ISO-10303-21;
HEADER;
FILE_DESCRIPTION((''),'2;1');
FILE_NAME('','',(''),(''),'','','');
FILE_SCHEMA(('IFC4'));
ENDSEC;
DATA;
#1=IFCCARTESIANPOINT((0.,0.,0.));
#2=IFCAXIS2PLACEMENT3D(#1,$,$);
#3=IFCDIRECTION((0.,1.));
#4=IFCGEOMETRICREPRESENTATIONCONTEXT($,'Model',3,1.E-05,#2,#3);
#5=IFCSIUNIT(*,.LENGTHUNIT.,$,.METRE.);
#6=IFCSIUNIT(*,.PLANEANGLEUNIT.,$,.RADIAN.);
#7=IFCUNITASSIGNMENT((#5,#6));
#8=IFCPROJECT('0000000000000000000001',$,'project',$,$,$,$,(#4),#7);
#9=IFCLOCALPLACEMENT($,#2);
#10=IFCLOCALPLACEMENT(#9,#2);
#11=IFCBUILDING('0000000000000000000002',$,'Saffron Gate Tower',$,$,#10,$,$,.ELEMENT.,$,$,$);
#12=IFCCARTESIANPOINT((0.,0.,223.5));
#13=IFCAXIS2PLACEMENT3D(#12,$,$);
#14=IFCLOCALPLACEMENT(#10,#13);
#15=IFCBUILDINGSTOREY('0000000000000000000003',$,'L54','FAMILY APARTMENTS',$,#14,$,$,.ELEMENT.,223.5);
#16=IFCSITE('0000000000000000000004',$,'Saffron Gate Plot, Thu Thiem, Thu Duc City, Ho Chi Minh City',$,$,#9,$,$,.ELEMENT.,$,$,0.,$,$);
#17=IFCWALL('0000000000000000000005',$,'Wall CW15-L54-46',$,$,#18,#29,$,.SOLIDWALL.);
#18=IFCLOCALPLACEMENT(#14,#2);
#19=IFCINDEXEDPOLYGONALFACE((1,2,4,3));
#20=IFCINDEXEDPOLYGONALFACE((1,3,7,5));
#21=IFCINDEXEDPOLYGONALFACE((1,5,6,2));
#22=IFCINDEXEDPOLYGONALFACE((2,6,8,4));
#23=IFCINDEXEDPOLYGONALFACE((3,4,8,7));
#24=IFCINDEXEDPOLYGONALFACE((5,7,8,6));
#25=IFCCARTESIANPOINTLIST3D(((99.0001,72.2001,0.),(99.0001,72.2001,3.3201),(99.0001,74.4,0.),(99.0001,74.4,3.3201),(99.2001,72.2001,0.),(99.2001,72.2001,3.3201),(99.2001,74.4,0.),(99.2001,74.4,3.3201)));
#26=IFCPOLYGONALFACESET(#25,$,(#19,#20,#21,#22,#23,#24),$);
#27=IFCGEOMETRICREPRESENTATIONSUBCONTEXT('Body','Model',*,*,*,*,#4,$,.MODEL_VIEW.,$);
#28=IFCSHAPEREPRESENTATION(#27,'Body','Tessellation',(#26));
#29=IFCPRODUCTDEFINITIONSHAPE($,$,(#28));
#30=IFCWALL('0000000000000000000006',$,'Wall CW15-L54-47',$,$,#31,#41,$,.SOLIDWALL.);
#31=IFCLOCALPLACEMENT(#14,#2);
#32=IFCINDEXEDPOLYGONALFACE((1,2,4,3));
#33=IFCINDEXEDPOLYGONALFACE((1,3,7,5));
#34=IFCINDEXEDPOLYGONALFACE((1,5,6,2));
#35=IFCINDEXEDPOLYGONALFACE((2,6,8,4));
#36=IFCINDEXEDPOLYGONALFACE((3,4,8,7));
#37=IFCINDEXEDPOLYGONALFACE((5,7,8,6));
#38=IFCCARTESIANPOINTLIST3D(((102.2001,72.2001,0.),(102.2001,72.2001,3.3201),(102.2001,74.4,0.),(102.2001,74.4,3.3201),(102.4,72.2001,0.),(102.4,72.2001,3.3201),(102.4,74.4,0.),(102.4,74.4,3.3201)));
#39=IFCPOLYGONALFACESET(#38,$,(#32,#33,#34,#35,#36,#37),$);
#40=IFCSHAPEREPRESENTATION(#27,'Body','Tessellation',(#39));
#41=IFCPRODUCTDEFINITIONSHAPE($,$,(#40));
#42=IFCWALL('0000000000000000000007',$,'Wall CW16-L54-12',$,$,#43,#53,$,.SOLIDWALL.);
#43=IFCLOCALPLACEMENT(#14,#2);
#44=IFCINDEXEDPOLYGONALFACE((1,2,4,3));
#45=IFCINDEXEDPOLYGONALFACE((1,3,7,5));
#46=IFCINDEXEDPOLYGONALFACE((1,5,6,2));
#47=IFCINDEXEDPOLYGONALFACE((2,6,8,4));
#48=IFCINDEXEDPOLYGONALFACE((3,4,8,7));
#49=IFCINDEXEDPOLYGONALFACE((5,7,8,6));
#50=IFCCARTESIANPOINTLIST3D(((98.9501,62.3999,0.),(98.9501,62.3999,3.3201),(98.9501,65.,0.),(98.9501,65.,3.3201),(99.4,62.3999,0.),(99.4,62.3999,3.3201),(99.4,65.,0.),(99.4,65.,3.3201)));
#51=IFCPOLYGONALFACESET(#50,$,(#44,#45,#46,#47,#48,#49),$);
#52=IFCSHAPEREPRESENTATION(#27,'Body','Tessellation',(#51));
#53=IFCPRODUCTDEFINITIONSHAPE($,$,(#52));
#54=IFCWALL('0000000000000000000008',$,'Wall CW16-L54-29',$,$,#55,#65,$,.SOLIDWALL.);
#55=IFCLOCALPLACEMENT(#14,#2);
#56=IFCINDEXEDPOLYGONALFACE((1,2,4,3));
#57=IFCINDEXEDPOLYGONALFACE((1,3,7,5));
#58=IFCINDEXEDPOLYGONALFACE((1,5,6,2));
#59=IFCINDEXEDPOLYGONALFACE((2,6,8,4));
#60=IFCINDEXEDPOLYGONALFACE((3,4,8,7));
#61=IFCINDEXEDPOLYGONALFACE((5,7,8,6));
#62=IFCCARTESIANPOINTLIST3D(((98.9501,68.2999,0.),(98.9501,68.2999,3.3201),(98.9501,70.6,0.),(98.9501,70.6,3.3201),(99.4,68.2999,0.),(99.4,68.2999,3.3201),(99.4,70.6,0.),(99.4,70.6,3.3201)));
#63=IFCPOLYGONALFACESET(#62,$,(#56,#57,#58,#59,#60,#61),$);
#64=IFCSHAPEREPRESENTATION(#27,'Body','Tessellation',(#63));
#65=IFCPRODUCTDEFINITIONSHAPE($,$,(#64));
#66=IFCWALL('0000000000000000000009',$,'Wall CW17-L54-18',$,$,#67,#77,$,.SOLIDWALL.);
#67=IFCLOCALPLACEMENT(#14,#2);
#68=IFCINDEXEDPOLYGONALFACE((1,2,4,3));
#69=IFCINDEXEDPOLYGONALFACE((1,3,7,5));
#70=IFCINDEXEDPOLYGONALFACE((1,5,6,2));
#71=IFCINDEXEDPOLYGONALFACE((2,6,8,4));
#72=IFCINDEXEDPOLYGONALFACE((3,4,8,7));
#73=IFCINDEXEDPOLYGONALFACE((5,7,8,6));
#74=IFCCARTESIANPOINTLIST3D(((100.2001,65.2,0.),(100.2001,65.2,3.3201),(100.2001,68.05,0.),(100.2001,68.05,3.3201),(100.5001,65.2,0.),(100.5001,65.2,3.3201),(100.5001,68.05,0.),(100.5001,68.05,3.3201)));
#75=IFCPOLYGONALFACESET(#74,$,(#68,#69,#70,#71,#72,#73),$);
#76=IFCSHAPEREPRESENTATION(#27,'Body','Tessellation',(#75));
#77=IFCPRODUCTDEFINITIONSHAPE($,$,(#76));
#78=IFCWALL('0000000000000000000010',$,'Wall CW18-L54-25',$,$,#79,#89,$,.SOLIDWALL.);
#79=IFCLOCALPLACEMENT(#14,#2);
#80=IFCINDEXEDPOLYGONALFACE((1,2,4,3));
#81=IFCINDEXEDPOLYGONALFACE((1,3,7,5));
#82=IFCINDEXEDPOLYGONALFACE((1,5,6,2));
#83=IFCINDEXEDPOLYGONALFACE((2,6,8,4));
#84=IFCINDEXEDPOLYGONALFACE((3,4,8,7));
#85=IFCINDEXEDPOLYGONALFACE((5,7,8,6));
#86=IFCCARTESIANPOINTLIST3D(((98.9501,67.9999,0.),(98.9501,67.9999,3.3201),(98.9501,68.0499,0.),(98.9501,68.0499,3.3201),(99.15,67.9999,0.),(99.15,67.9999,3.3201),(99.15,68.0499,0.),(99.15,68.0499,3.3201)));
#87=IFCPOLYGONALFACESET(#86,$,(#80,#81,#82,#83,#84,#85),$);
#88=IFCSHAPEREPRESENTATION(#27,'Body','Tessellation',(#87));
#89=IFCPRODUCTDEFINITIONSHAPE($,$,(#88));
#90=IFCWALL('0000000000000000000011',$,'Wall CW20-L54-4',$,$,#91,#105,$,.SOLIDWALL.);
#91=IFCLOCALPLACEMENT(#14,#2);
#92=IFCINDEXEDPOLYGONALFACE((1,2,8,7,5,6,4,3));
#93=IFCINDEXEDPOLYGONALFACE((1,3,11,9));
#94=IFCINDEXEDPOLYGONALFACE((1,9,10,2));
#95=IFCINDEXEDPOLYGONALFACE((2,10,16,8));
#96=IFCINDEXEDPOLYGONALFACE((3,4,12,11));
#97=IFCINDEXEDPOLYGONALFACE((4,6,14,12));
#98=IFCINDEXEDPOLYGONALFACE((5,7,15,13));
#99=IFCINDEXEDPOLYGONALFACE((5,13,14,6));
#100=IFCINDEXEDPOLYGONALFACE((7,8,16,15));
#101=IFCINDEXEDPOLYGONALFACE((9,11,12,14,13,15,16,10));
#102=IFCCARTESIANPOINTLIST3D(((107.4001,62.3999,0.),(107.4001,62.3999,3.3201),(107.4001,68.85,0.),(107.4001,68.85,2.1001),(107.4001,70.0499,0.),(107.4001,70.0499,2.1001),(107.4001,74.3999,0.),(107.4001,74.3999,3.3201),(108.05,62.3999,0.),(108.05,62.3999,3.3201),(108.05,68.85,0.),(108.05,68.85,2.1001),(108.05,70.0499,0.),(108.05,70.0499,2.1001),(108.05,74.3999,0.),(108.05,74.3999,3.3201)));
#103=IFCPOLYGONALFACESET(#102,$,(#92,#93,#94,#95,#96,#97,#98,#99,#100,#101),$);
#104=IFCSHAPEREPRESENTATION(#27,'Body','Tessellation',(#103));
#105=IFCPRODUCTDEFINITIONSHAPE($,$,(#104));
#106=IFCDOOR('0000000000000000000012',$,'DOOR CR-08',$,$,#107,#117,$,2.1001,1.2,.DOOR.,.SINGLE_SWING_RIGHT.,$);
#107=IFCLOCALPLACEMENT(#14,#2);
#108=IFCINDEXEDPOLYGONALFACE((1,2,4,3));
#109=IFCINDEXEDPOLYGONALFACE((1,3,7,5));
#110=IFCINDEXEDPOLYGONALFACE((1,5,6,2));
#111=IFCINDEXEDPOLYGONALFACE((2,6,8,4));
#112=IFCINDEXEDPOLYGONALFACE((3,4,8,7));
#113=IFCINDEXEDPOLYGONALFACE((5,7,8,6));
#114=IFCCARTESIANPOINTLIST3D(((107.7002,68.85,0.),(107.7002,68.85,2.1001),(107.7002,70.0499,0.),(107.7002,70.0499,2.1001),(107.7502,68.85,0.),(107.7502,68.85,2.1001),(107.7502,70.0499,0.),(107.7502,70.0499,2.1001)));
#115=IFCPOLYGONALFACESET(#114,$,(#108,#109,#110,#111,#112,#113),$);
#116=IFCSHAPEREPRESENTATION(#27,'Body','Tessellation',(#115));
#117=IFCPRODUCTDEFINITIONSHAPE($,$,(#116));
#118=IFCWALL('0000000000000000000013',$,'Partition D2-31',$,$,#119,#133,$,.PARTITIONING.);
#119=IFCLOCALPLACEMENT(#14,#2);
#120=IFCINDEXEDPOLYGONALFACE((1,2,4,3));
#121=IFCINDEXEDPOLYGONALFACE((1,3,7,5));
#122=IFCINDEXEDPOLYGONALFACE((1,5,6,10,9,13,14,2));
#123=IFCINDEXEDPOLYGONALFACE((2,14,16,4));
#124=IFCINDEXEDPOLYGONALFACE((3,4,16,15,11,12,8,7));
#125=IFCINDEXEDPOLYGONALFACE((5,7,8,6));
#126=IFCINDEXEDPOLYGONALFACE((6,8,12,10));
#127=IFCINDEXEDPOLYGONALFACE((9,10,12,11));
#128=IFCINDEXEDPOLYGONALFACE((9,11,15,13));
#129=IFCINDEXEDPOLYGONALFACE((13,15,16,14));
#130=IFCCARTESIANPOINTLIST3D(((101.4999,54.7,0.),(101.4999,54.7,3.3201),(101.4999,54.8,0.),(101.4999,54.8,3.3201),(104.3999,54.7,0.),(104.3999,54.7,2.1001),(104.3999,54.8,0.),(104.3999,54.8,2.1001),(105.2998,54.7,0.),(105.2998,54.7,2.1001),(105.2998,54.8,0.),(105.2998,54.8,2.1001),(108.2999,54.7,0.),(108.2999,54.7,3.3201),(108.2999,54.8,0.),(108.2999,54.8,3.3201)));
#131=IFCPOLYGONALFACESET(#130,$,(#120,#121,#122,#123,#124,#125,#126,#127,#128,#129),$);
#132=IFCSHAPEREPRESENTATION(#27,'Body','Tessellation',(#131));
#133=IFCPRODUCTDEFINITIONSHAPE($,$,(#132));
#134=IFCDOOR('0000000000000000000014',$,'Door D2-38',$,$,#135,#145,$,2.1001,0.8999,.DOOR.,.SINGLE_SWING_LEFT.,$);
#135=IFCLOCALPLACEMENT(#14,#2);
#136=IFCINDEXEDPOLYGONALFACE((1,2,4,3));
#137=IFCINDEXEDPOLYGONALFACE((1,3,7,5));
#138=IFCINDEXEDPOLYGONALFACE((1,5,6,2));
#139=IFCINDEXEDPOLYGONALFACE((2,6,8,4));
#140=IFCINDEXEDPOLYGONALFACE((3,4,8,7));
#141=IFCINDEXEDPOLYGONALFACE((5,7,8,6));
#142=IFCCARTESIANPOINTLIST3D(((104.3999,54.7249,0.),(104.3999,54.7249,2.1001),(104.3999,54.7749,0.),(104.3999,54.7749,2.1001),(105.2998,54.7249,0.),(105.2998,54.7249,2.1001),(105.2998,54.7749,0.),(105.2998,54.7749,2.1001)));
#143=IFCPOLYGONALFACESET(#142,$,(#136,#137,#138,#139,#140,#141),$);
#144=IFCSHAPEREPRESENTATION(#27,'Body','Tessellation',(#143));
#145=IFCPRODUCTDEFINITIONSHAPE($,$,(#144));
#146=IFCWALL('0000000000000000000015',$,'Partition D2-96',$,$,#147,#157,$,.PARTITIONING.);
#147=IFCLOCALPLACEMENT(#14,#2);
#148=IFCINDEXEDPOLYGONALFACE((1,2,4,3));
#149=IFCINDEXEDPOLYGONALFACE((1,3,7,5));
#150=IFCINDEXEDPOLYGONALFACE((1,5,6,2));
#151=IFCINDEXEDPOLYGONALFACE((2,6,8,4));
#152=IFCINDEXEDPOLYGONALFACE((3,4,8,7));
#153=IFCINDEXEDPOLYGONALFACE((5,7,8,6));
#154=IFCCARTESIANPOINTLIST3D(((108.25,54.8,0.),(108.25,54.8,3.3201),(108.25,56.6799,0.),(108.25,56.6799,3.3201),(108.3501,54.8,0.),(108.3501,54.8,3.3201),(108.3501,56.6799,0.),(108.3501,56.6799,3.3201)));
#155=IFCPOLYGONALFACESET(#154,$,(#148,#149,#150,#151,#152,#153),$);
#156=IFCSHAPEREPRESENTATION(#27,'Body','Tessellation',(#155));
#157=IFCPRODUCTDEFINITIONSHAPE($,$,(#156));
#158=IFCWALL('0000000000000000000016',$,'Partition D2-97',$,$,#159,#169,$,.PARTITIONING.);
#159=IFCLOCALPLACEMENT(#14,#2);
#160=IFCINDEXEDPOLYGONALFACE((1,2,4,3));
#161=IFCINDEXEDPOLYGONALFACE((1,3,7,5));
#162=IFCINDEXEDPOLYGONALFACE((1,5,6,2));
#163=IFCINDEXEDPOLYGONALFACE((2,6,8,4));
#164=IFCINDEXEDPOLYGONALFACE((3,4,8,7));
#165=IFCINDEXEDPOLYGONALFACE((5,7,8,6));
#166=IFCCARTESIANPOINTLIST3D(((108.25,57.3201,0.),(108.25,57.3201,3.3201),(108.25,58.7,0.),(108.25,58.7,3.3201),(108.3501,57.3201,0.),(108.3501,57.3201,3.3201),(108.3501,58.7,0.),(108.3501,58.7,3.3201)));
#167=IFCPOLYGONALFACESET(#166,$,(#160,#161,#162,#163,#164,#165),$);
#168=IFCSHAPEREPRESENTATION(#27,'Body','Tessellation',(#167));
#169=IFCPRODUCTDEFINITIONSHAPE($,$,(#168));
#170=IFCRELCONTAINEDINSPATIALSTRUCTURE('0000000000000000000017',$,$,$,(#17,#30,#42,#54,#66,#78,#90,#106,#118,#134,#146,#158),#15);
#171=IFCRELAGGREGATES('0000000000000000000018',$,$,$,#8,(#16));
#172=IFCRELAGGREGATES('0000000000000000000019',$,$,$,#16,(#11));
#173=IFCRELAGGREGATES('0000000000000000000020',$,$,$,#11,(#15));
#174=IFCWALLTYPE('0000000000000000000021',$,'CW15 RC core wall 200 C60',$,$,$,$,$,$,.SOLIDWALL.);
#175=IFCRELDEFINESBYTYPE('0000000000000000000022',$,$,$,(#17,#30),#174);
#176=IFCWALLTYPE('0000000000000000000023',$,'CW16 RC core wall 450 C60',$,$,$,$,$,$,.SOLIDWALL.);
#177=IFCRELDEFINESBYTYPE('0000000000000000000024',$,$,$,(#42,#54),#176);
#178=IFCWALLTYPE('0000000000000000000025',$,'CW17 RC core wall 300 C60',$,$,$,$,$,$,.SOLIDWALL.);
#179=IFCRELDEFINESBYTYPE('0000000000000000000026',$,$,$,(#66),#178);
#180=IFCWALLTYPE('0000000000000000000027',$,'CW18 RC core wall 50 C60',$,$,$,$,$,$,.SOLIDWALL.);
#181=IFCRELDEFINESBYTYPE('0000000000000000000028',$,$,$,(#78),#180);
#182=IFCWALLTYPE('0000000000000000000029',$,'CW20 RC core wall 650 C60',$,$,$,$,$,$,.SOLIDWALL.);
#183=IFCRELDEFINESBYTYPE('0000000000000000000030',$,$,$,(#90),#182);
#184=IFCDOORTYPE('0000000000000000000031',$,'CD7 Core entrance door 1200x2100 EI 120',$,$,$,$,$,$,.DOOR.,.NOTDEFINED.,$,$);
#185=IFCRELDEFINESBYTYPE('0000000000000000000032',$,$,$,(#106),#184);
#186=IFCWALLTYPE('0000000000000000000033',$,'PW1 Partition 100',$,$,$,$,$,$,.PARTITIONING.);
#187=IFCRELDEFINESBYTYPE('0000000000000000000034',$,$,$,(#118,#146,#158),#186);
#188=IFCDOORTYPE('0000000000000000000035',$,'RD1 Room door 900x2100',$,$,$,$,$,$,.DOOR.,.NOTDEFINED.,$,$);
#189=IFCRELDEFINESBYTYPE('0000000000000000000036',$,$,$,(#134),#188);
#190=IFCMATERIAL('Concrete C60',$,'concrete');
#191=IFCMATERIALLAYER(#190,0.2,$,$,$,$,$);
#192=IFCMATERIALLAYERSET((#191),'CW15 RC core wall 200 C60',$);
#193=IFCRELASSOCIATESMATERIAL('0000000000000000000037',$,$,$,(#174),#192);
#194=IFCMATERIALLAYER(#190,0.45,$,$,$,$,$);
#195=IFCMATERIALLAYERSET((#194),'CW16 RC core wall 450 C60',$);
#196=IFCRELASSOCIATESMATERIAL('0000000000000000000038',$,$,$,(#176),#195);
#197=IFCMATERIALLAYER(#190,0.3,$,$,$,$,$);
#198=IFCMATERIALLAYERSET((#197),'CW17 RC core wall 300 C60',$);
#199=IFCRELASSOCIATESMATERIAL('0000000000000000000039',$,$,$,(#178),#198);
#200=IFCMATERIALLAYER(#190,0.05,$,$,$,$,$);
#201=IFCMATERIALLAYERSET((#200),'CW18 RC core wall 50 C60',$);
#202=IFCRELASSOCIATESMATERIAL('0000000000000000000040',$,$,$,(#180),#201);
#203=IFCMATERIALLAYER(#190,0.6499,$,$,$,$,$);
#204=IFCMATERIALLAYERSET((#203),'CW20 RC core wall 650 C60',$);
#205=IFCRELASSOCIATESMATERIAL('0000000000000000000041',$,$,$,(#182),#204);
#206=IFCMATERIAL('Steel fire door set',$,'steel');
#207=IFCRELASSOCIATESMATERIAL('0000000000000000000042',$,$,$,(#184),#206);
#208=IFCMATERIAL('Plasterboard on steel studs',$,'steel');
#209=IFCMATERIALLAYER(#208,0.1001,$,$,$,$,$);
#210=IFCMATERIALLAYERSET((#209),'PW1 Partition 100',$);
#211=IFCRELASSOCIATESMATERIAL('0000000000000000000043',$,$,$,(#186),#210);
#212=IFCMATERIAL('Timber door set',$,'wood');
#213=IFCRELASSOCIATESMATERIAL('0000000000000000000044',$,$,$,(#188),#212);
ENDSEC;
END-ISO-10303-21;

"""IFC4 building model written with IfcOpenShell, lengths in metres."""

from ifc_helpers import new_model, si_unit, direction, frame, frame_2d, origin, place, context, subcontext, project, spatial, rectangle, extrude, material, layer, layer_set, type_object, element, fill, save


model = new_model("IFC4")

# Units and contexts
model_context = context("Model", 3, precision=1e-05, world=origin(), true_north=direction((0.0, 1.0)))
body_context = subcontext(model_context, "Body", "Model", "MODEL_VIEW")
ifc_project = project(units=[si_unit("LENGTHUNIT", "METRE"), si_unit("PLANEANGLEUNIT", "RADIAN")], contexts=[model_context])

# Site, building, storey
site_placement = place(None, origin())
site = spatial("IfcSite", under=ifc_project, at=site_placement, Name="Saffron Gate Plot, Thu Thiem, Thu Duc City, Ho Chi Minh City", CompositionType="ELEMENT", RefElevation=0.0)
building_placement = place(site_placement, origin())
building = spatial("IfcBuilding", under=site, at=building_placement, Name="Saffron Gate Tower", CompositionType="ELEMENT")
storey_placement = place(building_placement, frame((0.0, 0.0, 223.5)))
storey = spatial("IfcBuildingStorey", under=building, at=storey_placement, Name="L54", Description="FAMILY APARTMENTS", CompositionType="ELEMENT", Elevation=223.5)

# Shared definitions
ifc_material_1 = material(Name="Concrete C60", Category="concrete")
ifc_material_2 = material(Name="Steel fire door set", Category="steel")

# Walls
ifc_layer_1 = layer(ifc_material_1, 0.2)
ifc_layer_set_1 = layer_set([ifc_layer_1], Name="CW15 RC core wall 200 C60")
wall_type_1 = type_object("IfcWallType", Name="CW15 RC core wall 200 C60", PredefinedType="SOLIDWALL", material=ifc_layer_set_1)
for number, where, z_axis, x_axis, name in (
    (1, (99.1001, 72.2, 0.0), (0.0, 0.0, 1.0), (0.0, 1.0, 0.0), "Wall CW15-L54-46"),
    (2, (102.3, 72.2, 0.0), (0.0, 0.0, 1.0), (0.0, 1.0, 0.0), "Wall CW15-L54-47"),
):
    element("IfcWall", number, at=place(storey_placement, frame(where, z_axis=z_axis, x_axis=x_axis)), inside=storey, type_object=wall_type_1, Name=name, PredefinedType="SOLIDWALL", context=body_context, shape_type="SweptSolid", body=[
        extrude(rectangle(XDim=2.2, YDim=0.2, at=frame_2d((1.1001, 0.0))), origin(), (0.0, 0.0, 1.0), 3.3201),
    ])
ifc_layer_2 = layer(ifc_material_1, 0.45)
ifc_layer_set_2 = layer_set([ifc_layer_2], Name="CW16 RC core wall 450 C60")
wall_type_2 = type_object("IfcWallType", Name="CW16 RC core wall 450 C60", PredefinedType="SOLIDWALL", material=ifc_layer_set_2)
wall_1_placement = place(storey_placement, frame((99.175, 62.3999, 0.0), z_axis=(0.0, 0.0, 1.0), x_axis=(0.0, 1.0, 0.0)))
element("IfcWall", 3, at=wall_1_placement, inside=storey, type_object=wall_type_2, Name="Wall CW16-L54-12", PredefinedType="SOLIDWALL", context=body_context, shape_type="SweptSolid", body=[
    extrude(rectangle(XDim=2.6001, YDim=0.45, at=frame_2d((1.3, 0.0))), origin(), (0.0, 0.0, 1.0), 3.3201),
])
wall_2_placement = place(storey_placement, frame((99.175, 68.3, 0.0), z_axis=(0.0, 0.0, 1.0), x_axis=(0.0, 1.0, 0.0)))
element("IfcWall", 4, at=wall_2_placement, inside=storey, type_object=wall_type_2, Name="Wall CW16-L54-29", PredefinedType="SOLIDWALL", context=body_context, shape_type="SweptSolid", body=[
    extrude(rectangle(XDim=2.3, YDim=0.45, at=frame_2d((1.1499, 0.0))), origin(), (0.0, 0.0, 1.0), 3.3201),
])
ifc_layer_3 = layer(ifc_material_1, 0.3)
ifc_layer_set_3 = layer_set([ifc_layer_3], Name="CW17 RC core wall 300 C60")
wall_type_3 = type_object("IfcWallType", Name="CW17 RC core wall 300 C60", PredefinedType="SOLIDWALL", material=ifc_layer_set_3)
wall_3_placement = place(storey_placement, frame((100.3501, 65.2, 0.0), z_axis=(0.0, 0.0, 1.0), x_axis=(0.0, 1.0, 0.0)))
element("IfcWall", 5, at=wall_3_placement, inside=storey, type_object=wall_type_3, Name="Wall CW17-L54-18", PredefinedType="SOLIDWALL", context=body_context, shape_type="SweptSolid", body=[
    extrude(rectangle(XDim=2.8501, YDim=0.3, at=frame_2d((1.425, 0.0))), origin(), (0.0, 0.0, 1.0), 3.3201),
])
ifc_layer_4 = layer(ifc_material_1, 0.05)
ifc_layer_set_4 = layer_set([ifc_layer_4], Name="CW18 RC core wall 50 C60")
wall_type_4 = type_object("IfcWallType", Name="CW18 RC core wall 50 C60", PredefinedType="SOLIDWALL", material=ifc_layer_set_4)
wall_4_placement = place(storey_placement, frame((98.95, 68.0249, 0.0), z_axis=(0.0, 0.0, 1.0), x_axis=(1.0, 0.0, 0.0)))
element("IfcWall", 6, at=wall_4_placement, inside=storey, type_object=wall_type_4, Name="Wall CW18-L54-25", PredefinedType="SOLIDWALL", context=body_context, shape_type="SweptSolid", body=[
    extrude(rectangle(XDim=0.2, YDim=0.05, at=frame_2d((0.1001, 0.0))), origin(), (0.0, 0.0, 1.0), 3.3201),
])

# Walls, openings, doors
ifc_layer_5 = layer(ifc_material_1, 0.6499)
ifc_layer_set_5 = layer_set([ifc_layer_5], Name="CW20 RC core wall 650 C60")
wall_type_5 = type_object("IfcWallType", Name="CW20 RC core wall 650 C60", PredefinedType="SOLIDWALL", material=ifc_layer_set_5)
wall_5_placement = place(storey_placement, frame((107.7251, 62.3999, 0.0), z_axis=(0.0, 0.0, 1.0), x_axis=(0.0, 1.0, 0.0)))
wall_5 = element("IfcWall", 7, at=wall_5_placement, inside=storey, type_object=wall_type_5, Name="Wall CW20-L54-4", PredefinedType="SOLIDWALL", context=body_context, shape_type="SweptSolid", body=[
    extrude(rectangle(XDim=12.0, YDim=0.6499, at=frame_2d((6.0, 0.0))), origin(), (0.0, 0.0, 1.0), 3.3201),
])
opening_1_placement = place(wall_5_placement, frame((6.45, 0.0, 0.0)))
opening_1 = element("IfcOpeningElement", 8, at=opening_1_placement, cuts=wall_5, PredefinedType="OPENING", context=body_context, shape_type="SweptSolid", body=[
    extrude(rectangle(XDim=1.2, YDim=2.1001, at=frame_2d((0.6001, 1.05))), frame((0.0, 0.335, 0.0), z_axis=(0.0, -1.0, 0.0), x_axis=(1.0, 0.0, 0.0)), (0.0, 0.0, 1.0), 0.6699),
])
door_type_1 = type_object("IfcDoorType", Name="CD7 Core entrance door 1200x2100 EI 120", OperationType="NOTDEFINED", PredefinedType="DOOR", material=ifc_material_2)
door_1_placement = place(opening_1_placement, origin())
door_1 = element("IfcDoor", 9, at=door_1_placement, inside=storey, type_object=door_type_1, Name="DOOR CR-08", OperationType="SINGLE_SWING_RIGHT", OverallHeight=2.1001, OverallWidth=1.2, PredefinedType="DOOR", context=body_context, shape_type="SweptSolid", body=[
    extrude(rectangle(XDim=1.2, YDim=2.1001, at=frame_2d((0.6001, 1.05))), frame((0.0, 0.0249, 0.0), z_axis=(0.0, -1.0, 0.0), x_axis=(1.0, 0.0, 0.0)), (0.0, 0.0, 1.0), 0.05),
])
fill(opening_1, door_1)
ifc_material_3 = material(Name="Plasterboard on steel studs", Category="steel")
ifc_layer_6 = layer(ifc_material_3, 0.1001)
ifc_layer_set_6 = layer_set([ifc_layer_6], Name="PW1 Partition 100")
wall_type_6 = type_object("IfcWallType", Name="PW1 Partition 100", PredefinedType="PARTITIONING", material=ifc_layer_set_6)
wall_6_placement = place(storey_placement, frame((101.5, 54.75, 0.0), z_axis=(0.0, 0.0, 1.0), x_axis=(1.0, 0.0, 0.0)))
wall_6 = element("IfcWall", 10, at=wall_6_placement, inside=storey, type_object=wall_type_6, Name="Partition D2-31", PredefinedType="PARTITIONING", context=body_context, shape_type="SweptSolid", body=[
    extrude(rectangle(XDim=6.8, YDim=0.1001, at=frame_2d((3.3999, 0.0))), origin(), (0.0, 0.0, 1.0), 3.3201),
])
opening_2_placement = place(wall_6_placement, frame((2.8999, 0.0, 0.0)))
opening_2 = element("IfcOpeningElement", 11, at=opening_2_placement, cuts=wall_6, PredefinedType="OPENING", context=body_context, shape_type="SweptSolid", body=[
    extrude(rectangle(XDim=0.8999, YDim=2.1001, at=frame_2d((0.45, 1.05))), frame((0.0, 0.0601, 0.0), z_axis=(0.0, -1.0, 0.0), x_axis=(1.0, 0.0, 0.0)), (0.0, 0.0, 1.0), 0.1201),
])
ifc_material_4 = material(Name="Timber door set", Category="wood")
door_type_2 = type_object("IfcDoorType", Name="RD1 Room door 900x2100", OperationType="NOTDEFINED", PredefinedType="DOOR", material=ifc_material_4)
door_2_placement = place(opening_2_placement, origin())
door_2 = element("IfcDoor", 12, at=door_2_placement, inside=storey, type_object=door_type_2, Name="Door D2-38", OperationType="SINGLE_SWING_LEFT", OverallHeight=2.1001, OverallWidth=0.8999, PredefinedType="DOOR", context=body_context, shape_type="SweptSolid", body=[
    extrude(rectangle(XDim=0.8999, YDim=2.1001, at=frame_2d((0.45, 1.05))), frame((0.0, 0.0249, 0.0), z_axis=(0.0, -1.0, 0.0), x_axis=(1.0, 0.0, 0.0)), (0.0, 0.0, 1.0), 0.05),
])
fill(opening_2, door_2)

# Walls
wall_7_placement = place(storey_placement, frame((108.3, 56.6799, 0.0), z_axis=(0.0, 0.0, 1.0), x_axis=(0.0, -1.0, 0.0)))
element("IfcWall", 13, at=wall_7_placement, inside=storey, type_object=wall_type_6, Name="Partition D2-96", PredefinedType="PARTITIONING", context=body_context, shape_type="SweptSolid", body=[
    extrude(rectangle(XDim=1.8799, YDim=0.1001, at=frame_2d((0.9399, 0.0))), origin(), (0.0, 0.0, 1.0), 3.3201),
])
wall_8_placement = place(storey_placement, frame((108.3, 58.7, 0.0), z_axis=(0.0, 0.0, 1.0), x_axis=(0.0, -1.0, 0.0)))
element("IfcWall", 14, at=wall_8_placement, inside=storey, type_object=wall_type_6, Name="Partition D2-97", PredefinedType="PARTITIONING", context=body_context, shape_type="SweptSolid", body=[
    extrude(rectangle(XDim=1.3799, YDim=0.1001, at=frame_2d((0.6899, 0.0))), origin(), (0.0, 0.0, 1.0), 3.3201),
])

save(model, "model.ifc")
